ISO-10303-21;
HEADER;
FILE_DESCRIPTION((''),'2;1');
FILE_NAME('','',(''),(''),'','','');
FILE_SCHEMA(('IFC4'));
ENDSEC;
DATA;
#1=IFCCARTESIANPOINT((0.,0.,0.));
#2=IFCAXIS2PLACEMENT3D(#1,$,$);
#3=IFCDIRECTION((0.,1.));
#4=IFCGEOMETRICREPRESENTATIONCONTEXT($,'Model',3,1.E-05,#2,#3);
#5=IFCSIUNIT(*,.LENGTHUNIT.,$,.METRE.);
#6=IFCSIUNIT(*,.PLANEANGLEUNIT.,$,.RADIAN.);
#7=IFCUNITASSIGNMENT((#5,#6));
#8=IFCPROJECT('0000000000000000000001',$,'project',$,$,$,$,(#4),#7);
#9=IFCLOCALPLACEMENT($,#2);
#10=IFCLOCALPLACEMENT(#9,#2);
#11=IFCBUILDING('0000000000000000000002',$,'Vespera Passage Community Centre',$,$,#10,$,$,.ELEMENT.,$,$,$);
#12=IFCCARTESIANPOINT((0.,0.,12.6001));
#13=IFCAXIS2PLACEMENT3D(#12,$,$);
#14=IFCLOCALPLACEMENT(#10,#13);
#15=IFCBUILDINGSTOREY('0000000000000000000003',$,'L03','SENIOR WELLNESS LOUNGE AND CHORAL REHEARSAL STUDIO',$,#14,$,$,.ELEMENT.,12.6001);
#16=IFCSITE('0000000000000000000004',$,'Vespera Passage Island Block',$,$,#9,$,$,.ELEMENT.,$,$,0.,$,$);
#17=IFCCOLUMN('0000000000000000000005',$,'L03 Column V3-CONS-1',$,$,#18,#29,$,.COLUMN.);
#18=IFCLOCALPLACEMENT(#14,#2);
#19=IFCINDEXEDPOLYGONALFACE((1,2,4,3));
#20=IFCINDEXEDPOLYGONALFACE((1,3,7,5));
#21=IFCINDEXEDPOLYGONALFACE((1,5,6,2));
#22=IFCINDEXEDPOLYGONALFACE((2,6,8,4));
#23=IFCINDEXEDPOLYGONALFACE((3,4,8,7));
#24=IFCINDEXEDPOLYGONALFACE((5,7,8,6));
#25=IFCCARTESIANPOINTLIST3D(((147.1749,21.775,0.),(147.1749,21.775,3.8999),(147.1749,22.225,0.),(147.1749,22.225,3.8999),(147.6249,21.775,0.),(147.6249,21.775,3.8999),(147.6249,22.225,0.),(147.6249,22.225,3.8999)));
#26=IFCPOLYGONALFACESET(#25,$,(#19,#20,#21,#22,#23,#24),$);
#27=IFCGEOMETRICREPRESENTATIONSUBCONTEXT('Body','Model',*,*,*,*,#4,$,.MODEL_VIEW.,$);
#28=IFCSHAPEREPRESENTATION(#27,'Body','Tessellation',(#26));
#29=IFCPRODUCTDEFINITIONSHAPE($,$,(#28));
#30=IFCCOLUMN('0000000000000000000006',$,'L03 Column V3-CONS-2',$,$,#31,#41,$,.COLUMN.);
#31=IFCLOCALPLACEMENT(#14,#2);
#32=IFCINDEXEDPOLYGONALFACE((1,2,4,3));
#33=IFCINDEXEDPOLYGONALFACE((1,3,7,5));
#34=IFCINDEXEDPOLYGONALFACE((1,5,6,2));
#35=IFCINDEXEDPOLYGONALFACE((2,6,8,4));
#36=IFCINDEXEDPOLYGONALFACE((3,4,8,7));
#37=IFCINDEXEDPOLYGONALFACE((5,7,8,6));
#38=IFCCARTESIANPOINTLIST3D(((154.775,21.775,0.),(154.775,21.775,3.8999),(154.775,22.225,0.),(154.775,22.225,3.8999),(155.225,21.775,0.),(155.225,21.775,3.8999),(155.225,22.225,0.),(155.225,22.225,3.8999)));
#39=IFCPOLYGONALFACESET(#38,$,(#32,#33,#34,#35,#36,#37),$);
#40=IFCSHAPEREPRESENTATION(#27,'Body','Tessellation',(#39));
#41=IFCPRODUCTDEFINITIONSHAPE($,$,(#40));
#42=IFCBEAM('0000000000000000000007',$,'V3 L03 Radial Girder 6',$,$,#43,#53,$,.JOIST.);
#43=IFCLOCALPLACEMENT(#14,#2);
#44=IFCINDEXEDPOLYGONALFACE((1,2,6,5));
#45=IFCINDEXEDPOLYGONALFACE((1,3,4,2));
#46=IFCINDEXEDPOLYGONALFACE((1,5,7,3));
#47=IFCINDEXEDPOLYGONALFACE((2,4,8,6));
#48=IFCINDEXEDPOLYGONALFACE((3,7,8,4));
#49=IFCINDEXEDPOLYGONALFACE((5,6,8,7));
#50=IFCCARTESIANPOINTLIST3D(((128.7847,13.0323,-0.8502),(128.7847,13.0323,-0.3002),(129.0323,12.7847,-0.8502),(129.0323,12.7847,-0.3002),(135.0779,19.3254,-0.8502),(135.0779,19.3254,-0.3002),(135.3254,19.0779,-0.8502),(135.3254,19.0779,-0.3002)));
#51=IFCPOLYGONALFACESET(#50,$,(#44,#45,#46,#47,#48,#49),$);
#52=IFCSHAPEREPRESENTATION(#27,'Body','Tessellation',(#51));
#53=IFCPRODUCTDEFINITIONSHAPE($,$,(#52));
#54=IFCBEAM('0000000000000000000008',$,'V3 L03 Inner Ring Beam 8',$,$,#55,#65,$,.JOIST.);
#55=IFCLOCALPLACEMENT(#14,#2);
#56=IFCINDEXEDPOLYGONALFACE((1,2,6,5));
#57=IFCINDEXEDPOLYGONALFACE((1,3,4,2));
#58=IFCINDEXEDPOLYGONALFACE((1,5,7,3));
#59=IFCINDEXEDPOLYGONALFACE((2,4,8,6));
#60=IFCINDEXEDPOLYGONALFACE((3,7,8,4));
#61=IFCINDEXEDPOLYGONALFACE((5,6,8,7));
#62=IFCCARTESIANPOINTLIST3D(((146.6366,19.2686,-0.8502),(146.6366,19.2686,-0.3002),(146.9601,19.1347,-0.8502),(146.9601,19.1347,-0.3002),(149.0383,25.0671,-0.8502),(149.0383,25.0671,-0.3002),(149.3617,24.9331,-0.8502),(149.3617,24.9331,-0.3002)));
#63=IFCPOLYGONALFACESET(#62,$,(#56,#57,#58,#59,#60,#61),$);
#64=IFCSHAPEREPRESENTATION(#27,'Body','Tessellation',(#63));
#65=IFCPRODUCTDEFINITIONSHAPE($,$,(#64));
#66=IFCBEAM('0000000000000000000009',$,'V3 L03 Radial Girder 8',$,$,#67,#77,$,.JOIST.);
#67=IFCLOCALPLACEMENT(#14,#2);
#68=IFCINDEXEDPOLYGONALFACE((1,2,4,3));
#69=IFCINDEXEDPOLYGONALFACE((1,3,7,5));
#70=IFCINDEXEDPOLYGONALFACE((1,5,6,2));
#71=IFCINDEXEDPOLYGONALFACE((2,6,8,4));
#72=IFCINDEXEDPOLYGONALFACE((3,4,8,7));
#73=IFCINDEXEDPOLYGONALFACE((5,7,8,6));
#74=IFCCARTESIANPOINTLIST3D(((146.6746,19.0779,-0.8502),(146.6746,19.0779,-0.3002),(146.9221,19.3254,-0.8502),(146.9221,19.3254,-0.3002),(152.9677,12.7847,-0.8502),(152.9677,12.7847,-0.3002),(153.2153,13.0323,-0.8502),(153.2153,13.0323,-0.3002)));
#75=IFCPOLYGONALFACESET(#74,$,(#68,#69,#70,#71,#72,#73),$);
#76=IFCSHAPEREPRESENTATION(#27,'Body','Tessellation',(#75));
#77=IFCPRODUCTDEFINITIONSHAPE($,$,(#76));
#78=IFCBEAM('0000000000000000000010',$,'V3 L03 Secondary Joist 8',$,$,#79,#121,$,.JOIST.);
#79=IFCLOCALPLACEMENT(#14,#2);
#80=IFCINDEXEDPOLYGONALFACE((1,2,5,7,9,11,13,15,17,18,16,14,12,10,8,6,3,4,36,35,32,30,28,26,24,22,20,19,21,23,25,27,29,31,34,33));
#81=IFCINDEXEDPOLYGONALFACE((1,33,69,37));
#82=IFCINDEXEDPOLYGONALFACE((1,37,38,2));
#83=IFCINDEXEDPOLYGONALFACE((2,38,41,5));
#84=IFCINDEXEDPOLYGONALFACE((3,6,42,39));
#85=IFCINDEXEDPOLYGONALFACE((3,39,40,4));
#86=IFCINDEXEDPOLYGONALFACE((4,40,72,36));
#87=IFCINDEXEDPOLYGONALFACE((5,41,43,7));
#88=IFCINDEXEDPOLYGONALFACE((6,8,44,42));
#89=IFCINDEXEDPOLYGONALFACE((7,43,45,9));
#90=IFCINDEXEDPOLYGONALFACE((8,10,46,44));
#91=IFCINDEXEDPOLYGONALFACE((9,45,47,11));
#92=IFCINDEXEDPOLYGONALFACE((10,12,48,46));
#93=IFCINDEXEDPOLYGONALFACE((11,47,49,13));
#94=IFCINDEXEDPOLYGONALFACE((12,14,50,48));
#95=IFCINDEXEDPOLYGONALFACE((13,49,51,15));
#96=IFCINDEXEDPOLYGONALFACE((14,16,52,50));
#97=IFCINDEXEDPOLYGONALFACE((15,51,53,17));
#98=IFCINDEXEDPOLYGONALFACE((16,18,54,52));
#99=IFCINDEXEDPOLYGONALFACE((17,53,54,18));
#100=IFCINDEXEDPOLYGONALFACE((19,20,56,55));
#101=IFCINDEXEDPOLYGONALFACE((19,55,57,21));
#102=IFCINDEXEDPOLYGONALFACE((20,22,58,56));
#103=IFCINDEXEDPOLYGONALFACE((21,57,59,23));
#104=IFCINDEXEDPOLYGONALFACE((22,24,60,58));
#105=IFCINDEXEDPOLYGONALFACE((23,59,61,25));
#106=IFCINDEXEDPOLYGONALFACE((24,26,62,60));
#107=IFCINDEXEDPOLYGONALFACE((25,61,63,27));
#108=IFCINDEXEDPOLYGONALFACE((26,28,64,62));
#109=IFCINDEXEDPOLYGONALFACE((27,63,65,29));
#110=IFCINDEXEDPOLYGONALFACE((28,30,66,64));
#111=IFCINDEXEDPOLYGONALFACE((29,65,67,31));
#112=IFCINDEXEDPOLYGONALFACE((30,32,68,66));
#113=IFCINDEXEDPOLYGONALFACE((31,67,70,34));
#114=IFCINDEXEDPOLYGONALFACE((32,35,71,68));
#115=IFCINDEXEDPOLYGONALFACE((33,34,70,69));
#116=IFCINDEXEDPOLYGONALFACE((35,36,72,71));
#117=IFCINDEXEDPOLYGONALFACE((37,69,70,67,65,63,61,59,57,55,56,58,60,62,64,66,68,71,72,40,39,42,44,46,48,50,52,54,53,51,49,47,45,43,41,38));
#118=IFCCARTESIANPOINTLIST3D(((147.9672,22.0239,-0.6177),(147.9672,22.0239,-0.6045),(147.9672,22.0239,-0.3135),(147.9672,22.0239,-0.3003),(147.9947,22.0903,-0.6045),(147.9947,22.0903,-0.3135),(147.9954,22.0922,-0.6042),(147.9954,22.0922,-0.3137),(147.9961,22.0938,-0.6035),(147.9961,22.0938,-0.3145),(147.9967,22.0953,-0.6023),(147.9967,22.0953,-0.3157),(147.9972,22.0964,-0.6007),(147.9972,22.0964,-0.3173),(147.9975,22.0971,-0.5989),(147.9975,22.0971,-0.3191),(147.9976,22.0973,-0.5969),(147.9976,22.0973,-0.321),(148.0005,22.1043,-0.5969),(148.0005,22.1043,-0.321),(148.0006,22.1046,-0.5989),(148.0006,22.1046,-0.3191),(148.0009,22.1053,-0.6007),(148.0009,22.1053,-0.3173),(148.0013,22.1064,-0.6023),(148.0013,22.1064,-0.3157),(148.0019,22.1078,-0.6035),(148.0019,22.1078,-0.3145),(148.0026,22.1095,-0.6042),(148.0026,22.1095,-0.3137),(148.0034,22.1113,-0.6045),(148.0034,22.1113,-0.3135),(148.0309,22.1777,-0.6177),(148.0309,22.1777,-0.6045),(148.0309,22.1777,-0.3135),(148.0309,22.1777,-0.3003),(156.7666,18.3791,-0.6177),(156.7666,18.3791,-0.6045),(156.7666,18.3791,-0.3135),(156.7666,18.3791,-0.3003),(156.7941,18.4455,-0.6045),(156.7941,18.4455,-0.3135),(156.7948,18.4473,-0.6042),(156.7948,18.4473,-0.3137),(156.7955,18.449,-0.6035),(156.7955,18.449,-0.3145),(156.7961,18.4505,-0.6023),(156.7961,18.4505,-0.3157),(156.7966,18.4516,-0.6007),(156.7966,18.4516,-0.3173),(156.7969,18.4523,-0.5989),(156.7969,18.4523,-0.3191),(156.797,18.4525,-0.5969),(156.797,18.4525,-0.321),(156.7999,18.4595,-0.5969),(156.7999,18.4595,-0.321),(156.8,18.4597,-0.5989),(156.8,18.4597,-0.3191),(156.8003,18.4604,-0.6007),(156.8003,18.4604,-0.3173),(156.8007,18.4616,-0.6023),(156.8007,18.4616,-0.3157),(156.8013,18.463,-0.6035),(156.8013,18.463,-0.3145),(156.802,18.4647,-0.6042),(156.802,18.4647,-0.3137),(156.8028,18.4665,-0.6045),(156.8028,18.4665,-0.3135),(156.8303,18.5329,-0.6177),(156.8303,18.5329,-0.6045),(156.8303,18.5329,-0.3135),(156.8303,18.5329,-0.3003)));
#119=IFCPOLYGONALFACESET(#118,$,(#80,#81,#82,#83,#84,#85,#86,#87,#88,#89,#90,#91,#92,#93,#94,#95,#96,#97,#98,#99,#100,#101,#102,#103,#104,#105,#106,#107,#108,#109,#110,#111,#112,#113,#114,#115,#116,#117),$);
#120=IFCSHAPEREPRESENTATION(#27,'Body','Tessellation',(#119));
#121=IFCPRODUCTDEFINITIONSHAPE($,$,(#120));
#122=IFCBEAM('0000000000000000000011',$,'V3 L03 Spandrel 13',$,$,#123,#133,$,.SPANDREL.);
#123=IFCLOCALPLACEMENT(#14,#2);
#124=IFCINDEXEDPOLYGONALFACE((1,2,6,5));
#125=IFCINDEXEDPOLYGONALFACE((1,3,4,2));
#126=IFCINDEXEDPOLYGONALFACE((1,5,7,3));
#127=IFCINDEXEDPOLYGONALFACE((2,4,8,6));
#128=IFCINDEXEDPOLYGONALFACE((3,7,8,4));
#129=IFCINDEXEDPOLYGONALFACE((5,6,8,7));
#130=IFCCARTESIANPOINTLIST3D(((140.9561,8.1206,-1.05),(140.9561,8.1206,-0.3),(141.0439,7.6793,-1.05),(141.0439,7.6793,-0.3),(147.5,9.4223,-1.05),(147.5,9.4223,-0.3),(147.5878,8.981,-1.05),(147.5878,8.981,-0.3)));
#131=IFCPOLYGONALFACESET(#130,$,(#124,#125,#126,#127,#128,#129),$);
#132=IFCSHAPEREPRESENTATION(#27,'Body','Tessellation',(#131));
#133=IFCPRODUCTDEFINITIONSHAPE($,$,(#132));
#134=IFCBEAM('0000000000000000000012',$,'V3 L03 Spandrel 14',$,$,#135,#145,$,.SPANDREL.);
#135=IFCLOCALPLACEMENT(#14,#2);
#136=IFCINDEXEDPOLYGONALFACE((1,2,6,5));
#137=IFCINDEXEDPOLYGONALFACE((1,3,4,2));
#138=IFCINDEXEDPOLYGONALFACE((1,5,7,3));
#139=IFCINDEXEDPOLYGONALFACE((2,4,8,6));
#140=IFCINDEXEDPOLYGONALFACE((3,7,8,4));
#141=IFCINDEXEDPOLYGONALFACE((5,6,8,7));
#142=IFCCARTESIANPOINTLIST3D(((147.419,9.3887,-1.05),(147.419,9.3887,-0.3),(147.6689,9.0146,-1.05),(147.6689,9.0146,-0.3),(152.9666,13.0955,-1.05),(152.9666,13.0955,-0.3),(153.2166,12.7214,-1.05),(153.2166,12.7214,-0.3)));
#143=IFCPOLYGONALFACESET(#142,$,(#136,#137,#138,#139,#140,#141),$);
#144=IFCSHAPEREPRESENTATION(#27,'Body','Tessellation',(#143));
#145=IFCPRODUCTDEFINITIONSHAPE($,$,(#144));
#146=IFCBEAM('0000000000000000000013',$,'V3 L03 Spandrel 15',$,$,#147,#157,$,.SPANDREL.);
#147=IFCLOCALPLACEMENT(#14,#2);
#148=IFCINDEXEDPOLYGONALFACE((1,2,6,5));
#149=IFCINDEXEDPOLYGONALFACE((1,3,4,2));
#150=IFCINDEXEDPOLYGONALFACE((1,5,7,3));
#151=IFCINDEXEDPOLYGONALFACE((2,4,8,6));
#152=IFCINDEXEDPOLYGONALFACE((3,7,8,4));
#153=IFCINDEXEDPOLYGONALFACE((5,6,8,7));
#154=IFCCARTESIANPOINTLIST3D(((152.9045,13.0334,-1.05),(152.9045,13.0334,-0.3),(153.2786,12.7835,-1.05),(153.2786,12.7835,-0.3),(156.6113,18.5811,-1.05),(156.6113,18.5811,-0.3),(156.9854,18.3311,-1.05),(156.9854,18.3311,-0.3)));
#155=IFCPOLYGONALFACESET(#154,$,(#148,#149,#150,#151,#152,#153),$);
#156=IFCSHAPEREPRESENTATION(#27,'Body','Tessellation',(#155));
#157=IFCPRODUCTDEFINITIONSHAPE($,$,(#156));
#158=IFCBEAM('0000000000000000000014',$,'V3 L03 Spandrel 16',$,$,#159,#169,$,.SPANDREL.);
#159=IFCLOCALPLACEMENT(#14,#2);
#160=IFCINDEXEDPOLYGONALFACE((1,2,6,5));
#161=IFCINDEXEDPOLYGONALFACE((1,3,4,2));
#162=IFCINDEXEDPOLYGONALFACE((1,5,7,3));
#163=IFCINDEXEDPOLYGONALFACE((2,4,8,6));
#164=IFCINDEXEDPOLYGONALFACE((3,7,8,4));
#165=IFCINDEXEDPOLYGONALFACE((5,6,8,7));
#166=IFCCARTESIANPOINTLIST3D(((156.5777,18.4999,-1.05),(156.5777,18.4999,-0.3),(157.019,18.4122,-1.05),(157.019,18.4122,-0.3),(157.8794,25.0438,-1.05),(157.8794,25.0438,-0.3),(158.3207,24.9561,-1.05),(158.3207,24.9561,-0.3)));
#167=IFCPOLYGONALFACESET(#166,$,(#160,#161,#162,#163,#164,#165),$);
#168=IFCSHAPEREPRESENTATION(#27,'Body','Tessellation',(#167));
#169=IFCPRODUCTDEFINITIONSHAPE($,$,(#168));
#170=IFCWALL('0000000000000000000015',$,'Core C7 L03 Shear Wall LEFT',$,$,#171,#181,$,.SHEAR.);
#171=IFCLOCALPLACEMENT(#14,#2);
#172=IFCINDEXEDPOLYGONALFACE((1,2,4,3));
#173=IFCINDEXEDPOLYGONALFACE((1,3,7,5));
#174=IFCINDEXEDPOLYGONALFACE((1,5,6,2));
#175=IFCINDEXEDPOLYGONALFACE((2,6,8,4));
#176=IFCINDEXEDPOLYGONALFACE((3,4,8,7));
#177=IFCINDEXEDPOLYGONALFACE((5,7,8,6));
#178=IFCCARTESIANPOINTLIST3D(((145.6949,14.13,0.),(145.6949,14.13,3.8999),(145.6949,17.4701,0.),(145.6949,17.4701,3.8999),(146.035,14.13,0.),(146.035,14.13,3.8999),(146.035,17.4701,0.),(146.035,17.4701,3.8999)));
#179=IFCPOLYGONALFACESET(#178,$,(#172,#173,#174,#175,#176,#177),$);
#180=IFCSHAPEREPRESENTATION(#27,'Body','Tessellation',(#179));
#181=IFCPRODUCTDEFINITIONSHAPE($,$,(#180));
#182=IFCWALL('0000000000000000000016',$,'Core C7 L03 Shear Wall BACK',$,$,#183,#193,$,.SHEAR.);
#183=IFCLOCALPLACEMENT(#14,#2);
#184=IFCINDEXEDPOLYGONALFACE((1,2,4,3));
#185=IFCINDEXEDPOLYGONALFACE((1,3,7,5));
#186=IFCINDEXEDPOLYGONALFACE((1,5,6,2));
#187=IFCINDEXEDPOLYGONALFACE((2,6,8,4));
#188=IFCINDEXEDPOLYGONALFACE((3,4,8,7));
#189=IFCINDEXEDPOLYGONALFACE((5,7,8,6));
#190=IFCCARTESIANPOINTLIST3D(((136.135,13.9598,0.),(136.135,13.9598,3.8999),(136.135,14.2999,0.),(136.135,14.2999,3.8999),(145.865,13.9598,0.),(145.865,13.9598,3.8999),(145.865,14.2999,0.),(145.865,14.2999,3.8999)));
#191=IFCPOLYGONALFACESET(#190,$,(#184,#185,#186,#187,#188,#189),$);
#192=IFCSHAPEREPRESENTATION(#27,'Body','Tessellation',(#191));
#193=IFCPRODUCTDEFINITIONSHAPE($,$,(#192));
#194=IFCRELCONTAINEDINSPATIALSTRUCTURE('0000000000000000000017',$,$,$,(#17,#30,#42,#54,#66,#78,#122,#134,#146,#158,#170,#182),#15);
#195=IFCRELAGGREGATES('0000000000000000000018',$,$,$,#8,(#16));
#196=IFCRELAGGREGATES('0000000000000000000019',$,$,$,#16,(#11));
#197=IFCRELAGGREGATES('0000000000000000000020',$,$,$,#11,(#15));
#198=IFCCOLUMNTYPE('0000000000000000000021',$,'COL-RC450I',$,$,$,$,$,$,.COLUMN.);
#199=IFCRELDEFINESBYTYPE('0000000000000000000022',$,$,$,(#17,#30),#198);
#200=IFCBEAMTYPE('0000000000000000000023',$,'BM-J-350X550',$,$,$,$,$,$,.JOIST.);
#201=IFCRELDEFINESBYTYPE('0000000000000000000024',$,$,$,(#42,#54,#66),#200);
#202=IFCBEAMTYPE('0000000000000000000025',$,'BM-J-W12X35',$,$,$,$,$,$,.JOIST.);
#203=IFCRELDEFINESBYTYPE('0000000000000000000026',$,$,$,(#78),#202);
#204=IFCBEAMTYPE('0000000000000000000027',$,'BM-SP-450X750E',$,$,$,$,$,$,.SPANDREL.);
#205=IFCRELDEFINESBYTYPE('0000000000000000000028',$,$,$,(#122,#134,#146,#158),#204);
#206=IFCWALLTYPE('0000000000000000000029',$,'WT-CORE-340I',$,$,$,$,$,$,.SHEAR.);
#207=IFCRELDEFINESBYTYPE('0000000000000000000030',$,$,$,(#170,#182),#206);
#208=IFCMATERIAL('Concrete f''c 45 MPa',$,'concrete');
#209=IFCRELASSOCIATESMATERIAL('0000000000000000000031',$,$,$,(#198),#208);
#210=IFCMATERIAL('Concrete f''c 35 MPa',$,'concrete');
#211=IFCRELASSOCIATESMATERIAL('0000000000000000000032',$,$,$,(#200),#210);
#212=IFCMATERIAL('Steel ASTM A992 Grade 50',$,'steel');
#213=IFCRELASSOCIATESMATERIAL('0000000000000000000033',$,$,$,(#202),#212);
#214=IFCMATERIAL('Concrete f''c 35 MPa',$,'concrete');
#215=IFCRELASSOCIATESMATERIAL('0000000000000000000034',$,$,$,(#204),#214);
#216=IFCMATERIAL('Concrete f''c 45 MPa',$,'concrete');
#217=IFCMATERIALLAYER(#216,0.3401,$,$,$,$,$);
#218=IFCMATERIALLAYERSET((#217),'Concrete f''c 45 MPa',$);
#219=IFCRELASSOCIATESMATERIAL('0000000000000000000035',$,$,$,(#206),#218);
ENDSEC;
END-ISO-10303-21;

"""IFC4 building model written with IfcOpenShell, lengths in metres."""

from ifc_helpers import new_model, si_unit, direction, frame, frame_2d, origin, origin_2d, place, context, subcontext, project, spatial, rectangle, i_section, extrude, material, layer, layer_set, material_profile, profile_set, type_object, element, save


model = new_model("IFC4")

# Units and contexts
model_context = context("Model", 3, precision=1e-05, world=origin(), true_north=direction((0.0, 1.0)))
body_context = subcontext(model_context, "Body", "Model", "MODEL_VIEW")
ifc_project = project(units=[si_unit("LENGTHUNIT", "METRE"), si_unit("PLANEANGLEUNIT", "RADIAN")], contexts=[model_context])

# Site, building, storey
site_placement = place(None, origin())
site = spatial("IfcSite", under=ifc_project, at=site_placement, Name="Vespera Passage Island Block", CompositionType="ELEMENT", RefElevation=0.0)
building_placement = place(site_placement, origin())
building = spatial("IfcBuilding", under=site, at=building_placement, Name="Vespera Passage Community Centre", CompositionType="ELEMENT")
storey_placement = place(building_placement, frame((0.0, 0.0, 12.6001)))
storey = spatial("IfcBuildingStorey", under=building, at=storey_placement, Name="L03", Description="SENIOR WELLNESS LOUNGE AND CHORAL REHEARSAL STUDIO", CompositionType="ELEMENT", Elevation=12.6001)

# Columns
ifc_material_1 = material(Name="Concrete f'c 45 MPa", Category="concrete")
ifc_material_profile_1 = material_profile(ifc_material_1, rectangle(XDim=0.45, YDim=0.45, at=origin_2d()), Name="RC450X450")
ifc_profile_set_1 = profile_set([ifc_material_profile_1], Name="Concrete f'c 45 MPa")
column_type = type_object("IfcColumnType", Name="COL-RC450I", PredefinedType="COLUMN", material=ifc_profile_set_1)
for number, where, z_axis, x_axis, name in (
    (1, (147.3999, 22.0, 0.0), (0.0, 0.0, 1.0), (1.0, 0.0, 0.0), "L03 Column V3-CONS-1"),
    (2, (155.0, 22.0, 0.0), (0.0, 0.0, 1.0), (1.0, 0.0, 0.0), "L03 Column V3-CONS-2"),
):
    element("IfcColumn", number, at=place(storey_placement, frame(where, z_axis=z_axis, x_axis=x_axis)), inside=storey, type_object=column_type, Name=name, PredefinedType="COLUMN", context=body_context, shape_type="SweptSolid", body=[
        extrude(rectangle(XDim=0.45, YDim=0.45, at=origin_2d()), origin(), (0.0, 0.0, 1.0), 3.8999),
    ])

# Beams
ifc_material_2 = material(Name="Concrete f'c 35 MPa", Category="concrete")
ifc_material_profile_2 = material_profile(ifc_material_2, rectangle(XDim=0.3501, YDim=0.55, at=origin_2d()), Name="RC350X550")
ifc_profile_set_2 = profile_set([ifc_material_profile_2], Name="Concrete f'c 35 MPa")
beam_type_1 = type_object("IfcBeamType", Name="BM-J-350X550", PredefinedType="JOIST", material=ifc_profile_set_2)
beam_1_placement = place(storey_placement, frame((135.2017, 19.2017, -0.5752), z_axis=(-0.707107, -0.707107, 0.0), x_axis=(0.707107, -0.707107, 0.0)))
element("IfcBeam", 3, at=beam_1_placement, inside=storey, type_object=beam_type_1, Name="V3 L03 Radial Girder 6", PredefinedType="JOIST", context=body_context, shape_type="SweptSolid", body=[
    extrude(rectangle(XDim=0.3501, YDim=0.55, at=origin_2d()), origin(), (0.0, 0.0, 1.0), 8.8999),
])
beam_2_placement = place(storey_placement, frame((146.7983, 19.2017, -0.5752), z_axis=(0.382664, 0.923887, 0.0), x_axis=(-0.923887, 0.382664, 0.0)))
element("IfcBeam", 4, at=beam_2_placement, inside=storey, type_object=beam_type_1, Name="V3 L03 Inner Ring Beam 8", PredefinedType="JOIST", context=body_context, shape_type="SweptSolid", body=[
    extrude(rectangle(XDim=0.3501, YDim=0.55, at=origin_2d()), origin(), (0.0, 0.0, 1.0), 6.2761),
])
beam_3_placement = place(storey_placement, frame((146.7983, 19.2017, -0.5752), z_axis=(0.707107, -0.707107, 0.0), x_axis=(0.707107, 0.707107, 0.0)))
element("IfcBeam", 5, at=beam_3_placement, inside=storey, type_object=beam_type_1, Name="V3 L03 Radial Girder 8", PredefinedType="JOIST", context=body_context, shape_type="SweptSolid", body=[
    extrude(rectangle(XDim=0.3501, YDim=0.55, at=origin_2d()), origin(), (0.0, 0.0, 1.0), 8.8999),
])
ifc_material_3 = material(Name="Steel ASTM A992 Grade 50", Category="steel")
ifc_material_profile_3 = material_profile(ifc_material_3, i_section(OverallWidth=0.1665, OverallDepth=0.3174, WebThickness=0.0076, FlangeThickness=0.0132, FilletRadius=0.0076, at=origin_2d()), Name="W12X35")
ifc_profile_set_3 = profile_set([ifc_material_profile_3], Name="Steel ASTM A992 Grade 50")
beam_type_2 = type_object("IfcBeamType", Name="BM-J-W12X35", PredefinedType="JOIST", material=ifc_profile_set_3)
beam_4_placement = place(storey_placement, frame((147.999, 22.1008, -0.459), z_axis=(0.92388, -0.382682, 0.0), x_axis=(0.382682, 0.92388, 0.0)))
element("IfcBeam", 6, at=beam_4_placement, inside=storey, type_object=beam_type_2, Name="V3 L03 Secondary Joist 8", PredefinedType="JOIST", context=body_context, shape_type="SweptSolid", body=[
    extrude(i_section(OverallWidth=0.1665, OverallDepth=0.3174, WebThickness=0.0076, FlangeThickness=0.0132, FilletRadius=0.0076, at=origin_2d()), origin(), (0.0, 0.0, 1.0), 9.5244),
])
ifc_material_4 = material(Name="Concrete f'c 35 MPa", Category="concrete")
ifc_material_profile_4 = material_profile(ifc_material_4, rectangle(XDim=0.45, YDim=0.75, at=origin_2d()), Name="RC450X750")
ifc_profile_set_4 = profile_set([ifc_material_profile_4], Name="Concrete f'c 35 MPa")
beam_type_3 = type_object("IfcBeamType", Name="BM-SP-450X750E", PredefinedType="SPANDREL", material=ifc_profile_set_4)
for number, where, z_axis, x_axis, name in (
    (7, (141.0, 7.8999, -0.675), (0.980783, 0.195103, 0.0), (-0.195103, 0.980783, 0.0), "V3 L03 Spandrel 13"),
    (8, (147.5439, 9.2017, -0.675), (0.83147, 0.55557, 0.0), (-0.55557, 0.83147, 0.0), "V3 L03 Spandrel 14"),
    (9, (153.0916, 12.9084, -0.675), (0.55557, 0.83147, 0.0), (-0.83147, 0.55557, 0.0), "V3 L03 Spandrel 15"),
    (10, (156.7983, 18.4561, -0.675), (0.195103, 0.980783, 0.0), (-0.980783, 0.195103, 0.0), "V3 L03 Spandrel 16"),
):
    element("IfcBeam", number, at=place(storey_placement, frame(where, z_axis=z_axis, x_axis=x_axis)), inside=storey, type_object=beam_type_3, Name=name, PredefinedType="SPANDREL", context=body_context, shape_type="SweptSolid", body=[
        extrude(rectangle(XDim=0.45, YDim=0.75, at=origin_2d()), origin(), (0.0, 0.0, 1.0), 6.6721),
    ])

# Shared definitions
ifc_material_5 = material(Name="Concrete f'c 45 MPa", Category="concrete")
ifc_layer_1 = layer(ifc_material_5, 0.3401)
ifc_layer_set_1 = layer_set([ifc_layer_1], Name="Concrete f'c 45 MPa")
wall_type_1 = type_object("IfcWallType", Name="WT-CORE-340I", PredefinedType="SHEAR", material=ifc_layer_set_1)

# Walls
wall_1_placement = place(storey_placement, frame((145.865, 17.47, 0.0), z_axis=(0.0, 0.0, 1.0), x_axis=(0.0, -1.0, 0.0)))
element("IfcWall", 11, at=wall_1_placement, inside=storey, type_object=wall_type_1, Name="Core C7 L03 Shear Wall LEFT", PredefinedType="SHEAR", context=body_context, shape_type="SweptSolid", body=[
    extrude(rectangle(XDim=3.3401, YDim=0.3401, at=frame_2d((1.6699, 0.0))), origin(), (0.0, 0.0, 1.0), 3.8999),
])
wall_2_placement = place(storey_placement, frame((145.865, 14.1299, 0.0), z_axis=(0.0, 0.0, 1.0), x_axis=(-1.0, 0.0, 0.0)))
element("IfcWall", 12, at=wall_2_placement, inside=storey, type_object=wall_type_1, Name="Core C7 L03 Shear Wall BACK", PredefinedType="SHEAR", context=body_context, shape_type="SweptSolid", body=[
    extrude(rectangle(XDim=9.73, YDim=0.3401, at=frame_2d((4.865, 0.0))), origin(), (0.0, 0.0, 1.0), 3.8999),
])

save(model, "model.ifc")
